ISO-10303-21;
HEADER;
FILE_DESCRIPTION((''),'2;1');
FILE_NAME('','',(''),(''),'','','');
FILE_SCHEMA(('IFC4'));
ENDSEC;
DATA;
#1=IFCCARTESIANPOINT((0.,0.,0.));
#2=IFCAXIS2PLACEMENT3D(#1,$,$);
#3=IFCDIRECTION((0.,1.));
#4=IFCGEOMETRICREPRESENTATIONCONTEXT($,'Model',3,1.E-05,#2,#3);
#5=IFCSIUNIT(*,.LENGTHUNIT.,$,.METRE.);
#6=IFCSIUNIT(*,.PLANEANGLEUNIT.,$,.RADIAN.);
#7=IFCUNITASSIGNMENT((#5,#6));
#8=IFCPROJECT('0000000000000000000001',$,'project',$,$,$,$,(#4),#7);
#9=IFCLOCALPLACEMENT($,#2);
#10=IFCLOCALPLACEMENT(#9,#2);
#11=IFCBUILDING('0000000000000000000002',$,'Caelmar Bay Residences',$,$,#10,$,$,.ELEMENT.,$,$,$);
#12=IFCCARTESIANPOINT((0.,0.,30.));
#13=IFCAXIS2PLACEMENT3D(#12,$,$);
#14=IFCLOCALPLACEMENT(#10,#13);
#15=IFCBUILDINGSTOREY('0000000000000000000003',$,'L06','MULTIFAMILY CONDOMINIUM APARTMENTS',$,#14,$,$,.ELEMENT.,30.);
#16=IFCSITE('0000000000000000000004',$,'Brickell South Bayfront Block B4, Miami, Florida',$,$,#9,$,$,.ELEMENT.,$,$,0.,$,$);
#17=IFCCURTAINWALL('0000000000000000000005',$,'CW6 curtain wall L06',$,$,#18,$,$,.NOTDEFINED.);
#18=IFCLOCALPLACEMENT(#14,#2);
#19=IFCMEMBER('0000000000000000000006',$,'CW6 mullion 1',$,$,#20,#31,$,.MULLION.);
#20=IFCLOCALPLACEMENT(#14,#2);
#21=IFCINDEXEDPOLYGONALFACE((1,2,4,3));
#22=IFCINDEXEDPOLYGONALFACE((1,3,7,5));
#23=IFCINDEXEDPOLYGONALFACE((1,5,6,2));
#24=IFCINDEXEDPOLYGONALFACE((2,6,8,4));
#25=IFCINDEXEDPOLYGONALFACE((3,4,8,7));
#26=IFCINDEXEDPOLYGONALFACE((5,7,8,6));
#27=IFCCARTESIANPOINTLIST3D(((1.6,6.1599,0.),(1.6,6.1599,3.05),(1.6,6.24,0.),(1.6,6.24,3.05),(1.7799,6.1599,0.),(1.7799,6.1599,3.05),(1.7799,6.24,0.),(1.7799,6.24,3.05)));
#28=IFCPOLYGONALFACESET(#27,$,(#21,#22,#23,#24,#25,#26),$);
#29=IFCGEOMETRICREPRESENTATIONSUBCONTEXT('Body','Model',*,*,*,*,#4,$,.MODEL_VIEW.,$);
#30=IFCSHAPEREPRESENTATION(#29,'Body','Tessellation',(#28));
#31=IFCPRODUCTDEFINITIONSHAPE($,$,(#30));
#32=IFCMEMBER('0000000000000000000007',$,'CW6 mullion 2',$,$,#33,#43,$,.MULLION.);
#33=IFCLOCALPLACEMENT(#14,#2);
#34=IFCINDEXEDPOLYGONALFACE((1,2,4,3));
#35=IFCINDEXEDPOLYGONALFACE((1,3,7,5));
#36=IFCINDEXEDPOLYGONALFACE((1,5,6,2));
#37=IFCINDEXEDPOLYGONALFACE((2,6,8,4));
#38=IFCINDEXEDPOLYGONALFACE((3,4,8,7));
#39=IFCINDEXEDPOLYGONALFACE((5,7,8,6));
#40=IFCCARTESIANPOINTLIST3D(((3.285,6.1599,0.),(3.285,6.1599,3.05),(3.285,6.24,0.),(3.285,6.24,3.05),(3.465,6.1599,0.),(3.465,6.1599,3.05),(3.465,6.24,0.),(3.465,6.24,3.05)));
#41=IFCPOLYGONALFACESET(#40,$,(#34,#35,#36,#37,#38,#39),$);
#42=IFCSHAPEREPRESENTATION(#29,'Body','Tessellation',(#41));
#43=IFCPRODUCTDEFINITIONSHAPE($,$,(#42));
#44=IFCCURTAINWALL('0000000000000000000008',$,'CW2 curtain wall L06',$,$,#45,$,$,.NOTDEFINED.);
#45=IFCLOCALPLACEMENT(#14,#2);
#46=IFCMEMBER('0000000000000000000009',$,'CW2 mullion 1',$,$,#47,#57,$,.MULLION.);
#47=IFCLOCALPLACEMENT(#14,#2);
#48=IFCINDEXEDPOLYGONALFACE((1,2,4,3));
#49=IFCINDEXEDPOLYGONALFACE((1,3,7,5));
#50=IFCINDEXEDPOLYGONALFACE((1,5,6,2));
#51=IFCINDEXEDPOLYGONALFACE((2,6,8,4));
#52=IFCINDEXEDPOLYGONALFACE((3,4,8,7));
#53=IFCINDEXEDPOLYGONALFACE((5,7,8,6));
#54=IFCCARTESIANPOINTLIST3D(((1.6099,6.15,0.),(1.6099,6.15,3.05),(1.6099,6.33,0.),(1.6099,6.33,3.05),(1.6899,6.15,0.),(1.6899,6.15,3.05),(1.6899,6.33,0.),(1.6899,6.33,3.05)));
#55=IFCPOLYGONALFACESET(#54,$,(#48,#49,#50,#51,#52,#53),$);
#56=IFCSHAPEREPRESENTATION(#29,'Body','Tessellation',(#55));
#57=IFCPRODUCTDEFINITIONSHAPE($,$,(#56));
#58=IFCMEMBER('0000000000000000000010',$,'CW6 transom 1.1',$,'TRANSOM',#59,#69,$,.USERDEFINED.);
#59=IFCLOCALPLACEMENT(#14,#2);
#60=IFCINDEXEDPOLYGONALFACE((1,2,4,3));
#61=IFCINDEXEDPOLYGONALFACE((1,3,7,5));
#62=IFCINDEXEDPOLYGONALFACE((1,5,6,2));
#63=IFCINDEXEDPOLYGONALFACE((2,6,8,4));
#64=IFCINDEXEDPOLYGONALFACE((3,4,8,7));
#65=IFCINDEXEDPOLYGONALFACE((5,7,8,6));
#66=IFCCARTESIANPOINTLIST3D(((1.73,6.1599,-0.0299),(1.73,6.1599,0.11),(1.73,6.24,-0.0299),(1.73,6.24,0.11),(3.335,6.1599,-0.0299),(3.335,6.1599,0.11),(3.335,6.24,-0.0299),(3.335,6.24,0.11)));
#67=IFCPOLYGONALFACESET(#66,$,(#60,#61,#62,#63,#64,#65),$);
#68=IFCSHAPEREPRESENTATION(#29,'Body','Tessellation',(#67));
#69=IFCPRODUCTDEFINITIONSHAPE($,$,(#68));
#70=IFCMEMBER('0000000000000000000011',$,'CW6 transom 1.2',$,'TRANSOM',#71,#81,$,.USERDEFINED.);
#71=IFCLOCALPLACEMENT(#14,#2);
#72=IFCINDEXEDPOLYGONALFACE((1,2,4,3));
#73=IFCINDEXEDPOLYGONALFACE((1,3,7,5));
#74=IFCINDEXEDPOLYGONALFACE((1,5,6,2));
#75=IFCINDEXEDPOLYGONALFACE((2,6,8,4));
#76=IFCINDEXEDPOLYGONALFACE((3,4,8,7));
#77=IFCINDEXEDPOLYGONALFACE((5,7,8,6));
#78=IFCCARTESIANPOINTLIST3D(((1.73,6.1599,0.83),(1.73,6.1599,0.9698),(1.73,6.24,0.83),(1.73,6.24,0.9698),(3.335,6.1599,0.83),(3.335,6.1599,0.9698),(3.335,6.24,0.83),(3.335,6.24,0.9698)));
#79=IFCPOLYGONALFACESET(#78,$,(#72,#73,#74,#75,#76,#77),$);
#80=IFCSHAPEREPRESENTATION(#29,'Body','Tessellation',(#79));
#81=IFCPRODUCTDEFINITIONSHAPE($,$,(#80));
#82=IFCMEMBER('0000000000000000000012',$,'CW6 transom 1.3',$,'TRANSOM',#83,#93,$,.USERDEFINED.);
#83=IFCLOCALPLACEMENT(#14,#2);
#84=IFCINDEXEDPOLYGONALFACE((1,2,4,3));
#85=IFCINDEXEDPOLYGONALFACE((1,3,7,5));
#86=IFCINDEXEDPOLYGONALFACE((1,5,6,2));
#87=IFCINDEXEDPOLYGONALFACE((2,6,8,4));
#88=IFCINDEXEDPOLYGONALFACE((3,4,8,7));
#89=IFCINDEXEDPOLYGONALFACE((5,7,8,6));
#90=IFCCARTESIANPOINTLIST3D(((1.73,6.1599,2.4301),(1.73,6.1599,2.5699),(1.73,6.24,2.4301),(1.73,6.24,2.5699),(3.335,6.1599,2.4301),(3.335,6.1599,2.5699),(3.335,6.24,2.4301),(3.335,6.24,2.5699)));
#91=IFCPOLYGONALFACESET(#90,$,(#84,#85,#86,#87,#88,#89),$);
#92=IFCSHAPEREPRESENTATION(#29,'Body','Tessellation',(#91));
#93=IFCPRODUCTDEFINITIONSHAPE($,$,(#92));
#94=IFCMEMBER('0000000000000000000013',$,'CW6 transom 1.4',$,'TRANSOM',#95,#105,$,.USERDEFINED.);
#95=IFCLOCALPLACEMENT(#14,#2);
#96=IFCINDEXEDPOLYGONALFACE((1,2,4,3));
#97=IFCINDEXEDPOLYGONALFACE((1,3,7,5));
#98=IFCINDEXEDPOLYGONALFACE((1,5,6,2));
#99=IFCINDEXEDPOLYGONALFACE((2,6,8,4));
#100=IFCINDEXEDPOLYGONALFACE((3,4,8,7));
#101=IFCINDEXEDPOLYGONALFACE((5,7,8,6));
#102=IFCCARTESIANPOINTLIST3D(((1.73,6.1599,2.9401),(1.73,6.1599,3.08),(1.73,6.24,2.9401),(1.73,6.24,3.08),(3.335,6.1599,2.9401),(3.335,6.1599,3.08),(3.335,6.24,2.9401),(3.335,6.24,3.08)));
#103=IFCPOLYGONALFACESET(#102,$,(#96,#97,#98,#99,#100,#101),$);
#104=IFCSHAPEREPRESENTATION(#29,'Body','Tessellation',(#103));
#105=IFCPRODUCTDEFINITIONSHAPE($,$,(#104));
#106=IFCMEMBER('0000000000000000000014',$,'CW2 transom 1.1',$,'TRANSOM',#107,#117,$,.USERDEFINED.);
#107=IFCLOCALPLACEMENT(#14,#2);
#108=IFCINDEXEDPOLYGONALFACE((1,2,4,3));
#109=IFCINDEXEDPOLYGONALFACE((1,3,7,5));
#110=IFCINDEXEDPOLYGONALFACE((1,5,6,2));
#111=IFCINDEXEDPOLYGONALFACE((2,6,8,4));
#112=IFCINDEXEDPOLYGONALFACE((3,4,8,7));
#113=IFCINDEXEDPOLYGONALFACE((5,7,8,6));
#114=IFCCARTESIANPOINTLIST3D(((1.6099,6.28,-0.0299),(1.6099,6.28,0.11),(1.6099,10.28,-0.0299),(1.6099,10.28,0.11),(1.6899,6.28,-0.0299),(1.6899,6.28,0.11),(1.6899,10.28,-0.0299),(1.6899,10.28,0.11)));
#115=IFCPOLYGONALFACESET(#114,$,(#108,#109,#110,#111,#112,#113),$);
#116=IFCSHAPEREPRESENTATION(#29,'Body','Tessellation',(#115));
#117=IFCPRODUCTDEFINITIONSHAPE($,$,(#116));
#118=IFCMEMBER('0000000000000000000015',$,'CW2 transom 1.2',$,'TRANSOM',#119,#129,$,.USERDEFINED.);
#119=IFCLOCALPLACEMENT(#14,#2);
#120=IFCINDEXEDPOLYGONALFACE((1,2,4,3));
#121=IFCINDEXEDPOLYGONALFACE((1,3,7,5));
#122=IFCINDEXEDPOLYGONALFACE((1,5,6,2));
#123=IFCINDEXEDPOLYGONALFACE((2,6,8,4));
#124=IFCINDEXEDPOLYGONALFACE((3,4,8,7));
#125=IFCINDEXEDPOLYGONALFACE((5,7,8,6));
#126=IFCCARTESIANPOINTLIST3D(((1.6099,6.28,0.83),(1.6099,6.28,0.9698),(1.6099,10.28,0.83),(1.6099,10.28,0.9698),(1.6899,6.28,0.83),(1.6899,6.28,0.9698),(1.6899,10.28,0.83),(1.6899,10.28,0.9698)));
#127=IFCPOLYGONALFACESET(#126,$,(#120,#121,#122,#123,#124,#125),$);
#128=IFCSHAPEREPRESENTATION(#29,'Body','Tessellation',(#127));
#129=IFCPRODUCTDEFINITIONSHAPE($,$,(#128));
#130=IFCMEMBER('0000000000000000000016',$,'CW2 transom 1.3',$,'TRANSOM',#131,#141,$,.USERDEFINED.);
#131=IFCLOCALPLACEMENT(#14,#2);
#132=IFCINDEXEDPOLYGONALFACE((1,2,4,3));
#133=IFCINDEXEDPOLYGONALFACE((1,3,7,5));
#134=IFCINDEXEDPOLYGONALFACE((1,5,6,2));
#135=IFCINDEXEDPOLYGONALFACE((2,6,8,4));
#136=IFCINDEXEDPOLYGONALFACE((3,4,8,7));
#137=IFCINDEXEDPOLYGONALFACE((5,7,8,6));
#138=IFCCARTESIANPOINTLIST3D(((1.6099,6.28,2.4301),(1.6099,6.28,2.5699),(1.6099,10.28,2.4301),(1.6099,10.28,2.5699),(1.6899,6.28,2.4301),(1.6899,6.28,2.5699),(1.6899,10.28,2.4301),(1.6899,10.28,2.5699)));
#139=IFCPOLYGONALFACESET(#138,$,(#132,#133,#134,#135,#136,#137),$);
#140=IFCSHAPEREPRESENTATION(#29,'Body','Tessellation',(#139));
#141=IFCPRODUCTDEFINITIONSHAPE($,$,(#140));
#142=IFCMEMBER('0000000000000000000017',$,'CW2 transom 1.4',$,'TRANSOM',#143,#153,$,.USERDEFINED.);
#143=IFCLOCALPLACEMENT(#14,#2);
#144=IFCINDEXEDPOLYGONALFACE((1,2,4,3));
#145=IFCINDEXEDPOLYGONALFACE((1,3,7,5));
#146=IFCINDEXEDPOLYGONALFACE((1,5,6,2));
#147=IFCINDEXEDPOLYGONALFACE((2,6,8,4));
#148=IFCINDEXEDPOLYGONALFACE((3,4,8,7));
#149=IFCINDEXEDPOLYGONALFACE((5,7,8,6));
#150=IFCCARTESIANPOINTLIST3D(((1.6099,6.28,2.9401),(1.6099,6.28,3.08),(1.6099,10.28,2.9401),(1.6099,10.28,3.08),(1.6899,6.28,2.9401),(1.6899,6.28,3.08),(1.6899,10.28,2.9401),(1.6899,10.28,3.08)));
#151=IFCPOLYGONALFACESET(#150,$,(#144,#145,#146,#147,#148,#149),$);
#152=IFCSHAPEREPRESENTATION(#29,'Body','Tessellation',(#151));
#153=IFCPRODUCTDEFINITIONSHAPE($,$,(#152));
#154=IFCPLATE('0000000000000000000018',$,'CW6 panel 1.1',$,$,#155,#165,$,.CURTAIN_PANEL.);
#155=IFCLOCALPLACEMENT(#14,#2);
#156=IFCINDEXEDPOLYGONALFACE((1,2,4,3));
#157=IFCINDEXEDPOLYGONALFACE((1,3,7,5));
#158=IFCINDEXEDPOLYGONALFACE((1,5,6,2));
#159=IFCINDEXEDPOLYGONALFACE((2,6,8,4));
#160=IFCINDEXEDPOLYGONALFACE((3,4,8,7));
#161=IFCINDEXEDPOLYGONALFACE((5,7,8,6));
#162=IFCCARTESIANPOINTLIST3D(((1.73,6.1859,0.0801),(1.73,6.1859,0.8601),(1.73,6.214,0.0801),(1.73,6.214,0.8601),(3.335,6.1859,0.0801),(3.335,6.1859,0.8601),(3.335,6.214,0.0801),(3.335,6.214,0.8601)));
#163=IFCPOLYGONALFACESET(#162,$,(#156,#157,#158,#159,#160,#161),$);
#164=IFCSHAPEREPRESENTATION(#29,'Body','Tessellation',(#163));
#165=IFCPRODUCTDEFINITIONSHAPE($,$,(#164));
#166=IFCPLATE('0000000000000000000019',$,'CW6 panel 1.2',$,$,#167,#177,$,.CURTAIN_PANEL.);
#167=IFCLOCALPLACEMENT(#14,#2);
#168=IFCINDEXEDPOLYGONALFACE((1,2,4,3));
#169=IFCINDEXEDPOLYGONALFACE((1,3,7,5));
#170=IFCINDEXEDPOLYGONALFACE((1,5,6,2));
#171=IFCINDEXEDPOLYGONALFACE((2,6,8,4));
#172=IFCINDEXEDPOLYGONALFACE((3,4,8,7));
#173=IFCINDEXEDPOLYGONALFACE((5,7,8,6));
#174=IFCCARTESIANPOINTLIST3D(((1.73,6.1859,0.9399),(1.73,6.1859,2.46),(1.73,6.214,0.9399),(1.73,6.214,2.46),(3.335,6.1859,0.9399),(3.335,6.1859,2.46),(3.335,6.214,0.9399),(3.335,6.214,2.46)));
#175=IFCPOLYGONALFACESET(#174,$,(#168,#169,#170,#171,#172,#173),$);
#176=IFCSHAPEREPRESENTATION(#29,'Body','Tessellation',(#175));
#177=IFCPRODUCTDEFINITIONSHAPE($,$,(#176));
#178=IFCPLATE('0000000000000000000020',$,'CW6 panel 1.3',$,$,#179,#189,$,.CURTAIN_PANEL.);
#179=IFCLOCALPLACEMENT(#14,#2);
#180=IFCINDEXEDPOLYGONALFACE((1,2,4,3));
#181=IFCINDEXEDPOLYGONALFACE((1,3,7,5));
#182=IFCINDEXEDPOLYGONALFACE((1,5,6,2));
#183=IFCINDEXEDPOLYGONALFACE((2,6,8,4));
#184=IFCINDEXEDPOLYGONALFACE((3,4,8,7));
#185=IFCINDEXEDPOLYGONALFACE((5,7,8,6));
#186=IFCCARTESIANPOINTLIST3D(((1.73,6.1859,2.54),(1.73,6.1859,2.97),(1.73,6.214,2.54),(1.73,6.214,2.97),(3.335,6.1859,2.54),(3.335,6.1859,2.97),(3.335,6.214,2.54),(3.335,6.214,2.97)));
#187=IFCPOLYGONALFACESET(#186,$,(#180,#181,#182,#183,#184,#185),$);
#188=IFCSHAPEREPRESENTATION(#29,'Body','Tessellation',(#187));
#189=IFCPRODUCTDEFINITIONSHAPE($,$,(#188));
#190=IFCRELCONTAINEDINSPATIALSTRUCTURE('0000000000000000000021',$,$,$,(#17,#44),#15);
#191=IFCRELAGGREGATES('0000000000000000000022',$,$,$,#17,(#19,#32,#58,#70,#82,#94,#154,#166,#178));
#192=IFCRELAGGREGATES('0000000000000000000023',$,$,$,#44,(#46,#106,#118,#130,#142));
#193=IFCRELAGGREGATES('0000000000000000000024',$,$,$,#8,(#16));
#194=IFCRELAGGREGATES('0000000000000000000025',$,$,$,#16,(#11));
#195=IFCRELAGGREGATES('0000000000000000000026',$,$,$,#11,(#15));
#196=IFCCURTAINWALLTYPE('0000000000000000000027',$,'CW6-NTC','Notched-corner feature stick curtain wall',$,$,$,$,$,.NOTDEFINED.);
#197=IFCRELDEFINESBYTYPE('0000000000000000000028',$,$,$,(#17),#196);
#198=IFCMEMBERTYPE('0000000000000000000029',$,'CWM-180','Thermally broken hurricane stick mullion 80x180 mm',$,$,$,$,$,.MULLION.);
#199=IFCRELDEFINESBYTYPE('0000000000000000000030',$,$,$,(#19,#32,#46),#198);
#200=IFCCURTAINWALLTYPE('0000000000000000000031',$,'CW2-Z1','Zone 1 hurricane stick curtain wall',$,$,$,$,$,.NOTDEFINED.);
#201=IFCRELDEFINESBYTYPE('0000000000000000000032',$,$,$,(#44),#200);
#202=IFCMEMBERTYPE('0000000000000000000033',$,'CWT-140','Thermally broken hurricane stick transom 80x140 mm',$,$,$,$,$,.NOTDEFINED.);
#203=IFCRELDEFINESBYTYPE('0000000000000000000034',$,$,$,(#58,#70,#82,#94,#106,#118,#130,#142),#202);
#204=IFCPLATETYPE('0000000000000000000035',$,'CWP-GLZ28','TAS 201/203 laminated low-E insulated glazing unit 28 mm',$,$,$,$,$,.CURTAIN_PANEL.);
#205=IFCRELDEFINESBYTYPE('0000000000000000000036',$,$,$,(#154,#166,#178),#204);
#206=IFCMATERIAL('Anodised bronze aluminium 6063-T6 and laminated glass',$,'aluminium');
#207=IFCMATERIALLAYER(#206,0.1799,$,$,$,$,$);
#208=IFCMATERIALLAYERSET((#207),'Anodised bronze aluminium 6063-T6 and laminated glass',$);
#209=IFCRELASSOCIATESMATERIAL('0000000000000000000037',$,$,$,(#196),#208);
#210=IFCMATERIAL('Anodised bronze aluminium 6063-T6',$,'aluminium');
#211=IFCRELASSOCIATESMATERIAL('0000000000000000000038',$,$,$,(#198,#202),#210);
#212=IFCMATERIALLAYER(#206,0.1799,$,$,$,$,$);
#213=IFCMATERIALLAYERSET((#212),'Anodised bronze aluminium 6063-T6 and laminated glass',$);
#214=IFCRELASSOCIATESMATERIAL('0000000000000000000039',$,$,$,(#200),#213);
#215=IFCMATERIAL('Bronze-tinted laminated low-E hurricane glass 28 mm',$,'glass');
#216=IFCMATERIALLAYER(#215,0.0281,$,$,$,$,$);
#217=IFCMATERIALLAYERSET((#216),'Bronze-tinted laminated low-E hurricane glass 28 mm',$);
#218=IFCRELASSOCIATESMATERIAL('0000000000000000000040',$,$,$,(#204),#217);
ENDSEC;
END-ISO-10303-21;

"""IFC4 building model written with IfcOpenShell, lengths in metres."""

from ifc_helpers import new_model, si_unit, direction, frame, origin, origin_2d, place, context, subcontext, project, spatial, rectangle, extrude, material, layer, layer_set, material_profile, profile_set, type_object, element, aggregate, save


model = new_model("IFC4")

# Units and contexts
model_context = context("Model", 3, precision=1e-05, world=origin(), true_north=direction((0.0, 1.0)))
body_context = subcontext(model_context, "Body", "Model", "MODEL_VIEW")
ifc_project = project(units=[si_unit("LENGTHUNIT", "METRE"), si_unit("PLANEANGLEUNIT", "RADIAN")], contexts=[model_context])

# Site, building, storey
site_placement = place(None, origin())
site = spatial("IfcSite", under=ifc_project, at=site_placement, Name="Brickell South Bayfront Block B4, Miami, Florida", CompositionType="ELEMENT", RefElevation=0.0)
building_placement = place(site_placement, origin())
building = spatial("IfcBuilding", under=site, at=building_placement, Name="Caelmar Bay Residences", CompositionType="ELEMENT")
storey_placement = place(building_placement, frame((0.0, 0.0, 30.0)))
storey = spatial("IfcBuildingStorey", under=building, at=storey_placement, Name="L06", Description="MULTIFAMILY CONDOMINIUM APARTMENTS", CompositionType="ELEMENT", Elevation=30.0)

# Curtain wall, members
ifc_material_1 = material(Name="Anodised bronze aluminium 6063-T6 and laminated glass", Category="aluminium")
ifc_layer_1 = layer(ifc_material_1, 0.1799)
ifc_layer_set_1 = layer_set([ifc_layer_1], Name="Anodised bronze aluminium 6063-T6 and laminated glass")
curtain_wall_type_1 = type_object("IfcCurtainWallType", Name="CW6-NTC", Description="Notched-corner feature stick curtain wall", PredefinedType="NOTDEFINED", material=ifc_layer_set_1)
curtain_wall_1_placement = place(storey_placement, origin())
curtain_wall_1 = element("IfcCurtainWall", 1, at=curtain_wall_1_placement, inside=storey, type_object=curtain_wall_type_1, Name="CW6 curtain wall L06", PredefinedType="NOTDEFINED")
ifc_material_2 = material(Name="Anodised bronze aluminium 6063-T6", Category="aluminium")
ifc_material_profile_1 = material_profile(ifc_material_2, rectangle(XDim=0.0801, YDim=0.1799, at=origin_2d()), Name="CWM-80X180")
ifc_profile_set_1 = profile_set([ifc_material_profile_1], Name="Anodised bronze aluminium 6063-T6")
member_type_1 = type_object("IfcMemberType", Name="CWM-180", Description="Thermally broken hurricane stick mullion 80x180 mm", PredefinedType="MULLION", material=ifc_profile_set_1)
member_1_placement = place(storey_placement, frame((1.6899, 6.2, 0.0), z_axis=(0.0, 0.0, 1.0), x_axis=(0.0, 1.0, 0.0)))
member_1 = element("IfcMember", 2, at=member_1_placement, type_object=member_type_1, Name="CW6 mullion 1", PredefinedType="MULLION", context=body_context, shape_type="SweptSolid", body=[
    extrude(rectangle(XDim=0.0801, YDim=0.1799, at=origin_2d()), origin(), (0.0, 0.0, 1.0), 3.05),
])
member_2_placement = place(storey_placement, frame((3.375, 6.2, 0.0), z_axis=(0.0, 0.0, 1.0), x_axis=(0.0, 1.0, 0.0)))
member_2 = element("IfcMember", 3, at=member_2_placement, type_object=member_type_1, Name="CW6 mullion 2", PredefinedType="MULLION", context=body_context, shape_type="SweptSolid", body=[
    extrude(rectangle(XDim=0.0801, YDim=0.1799, at=origin_2d()), origin(), (0.0, 0.0, 1.0), 3.05),
])

# Curtain wall, member
ifc_layer_2 = layer(ifc_material_1, 0.1799)
ifc_layer_set_2 = layer_set([ifc_layer_2], Name="Anodised bronze aluminium 6063-T6 and laminated glass")
curtain_wall_type_2 = type_object("IfcCurtainWallType", Name="CW2-Z1", Description="Zone 1 hurricane stick curtain wall", PredefinedType="NOTDEFINED", material=ifc_layer_set_2)
curtain_wall_2_placement = place(storey_placement, origin())
curtain_wall_2 = element("IfcCurtainWall", 4, at=curtain_wall_2_placement, inside=storey, type_object=curtain_wall_type_2, Name="CW2 curtain wall L06", PredefinedType="NOTDEFINED")
member_3_placement = place(storey_placement, frame((1.6499, 6.24, 0.0), z_axis=(0.0, 0.0, 1.0), x_axis=(-1.0, 0.0, 0.0)))
member_3 = element("IfcMember", 5, at=member_3_placement, type_object=member_type_1, Name="CW2 mullion 1", PredefinedType="MULLION", context=body_context, shape_type="SweptSolid", body=[
    extrude(rectangle(XDim=0.0801, YDim=0.1799, at=origin_2d()), origin(), (0.0, 0.0, 1.0), 3.05),
])

# Members
ifc_material_profile_2 = material_profile(ifc_material_2, rectangle(XDim=0.0801, YDim=0.1399, at=origin_2d()), Name="CWT-80X140")
ifc_profile_set_2 = profile_set([ifc_material_profile_2], Name="Anodised bronze aluminium 6063-T6")
member_type_2 = type_object("IfcMemberType", Name="CWT-140", Description="Thermally broken hurricane stick transom 80x140 mm", PredefinedType="NOTDEFINED", material=ifc_profile_set_2)
member_4_placement = place(storey_placement, frame((1.73, 6.2, 0.04), z_axis=(1.0, 0.0, 0.0), x_axis=(0.0, 1.0, 0.0)))
member_4 = element("IfcMember", 6, at=member_4_placement, type_object=member_type_2, Name="CW6 transom 1.1", ObjectType="TRANSOM", PredefinedType="USERDEFINED", context=body_context, shape_type="SweptSolid", body=[
    extrude(rectangle(XDim=0.0801, YDim=0.1399, at=origin_2d()), origin(), (0.0, 0.0, 1.0), 1.605),
])
member_5_placement = place(storey_placement, frame((1.73, 6.2, 0.8999), z_axis=(1.0, 0.0, 0.0), x_axis=(0.0, 1.0, 0.0)))
member_5 = element("IfcMember", 7, at=member_5_placement, type_object=member_type_2, Name="CW6 transom 1.2", ObjectType="TRANSOM", PredefinedType="USERDEFINED", context=body_context, shape_type="SweptSolid", body=[
    extrude(rectangle(XDim=0.0801, YDim=0.1399, at=origin_2d()), origin(), (0.0, 0.0, 1.0), 1.605),
])
member_6_placement = place(storey_placement, frame((1.73, 6.2, 2.5), z_axis=(1.0, 0.0, 0.0), x_axis=(0.0, 1.0, 0.0)))
member_6 = element("IfcMember", 8, at=member_6_placement, type_object=member_type_2, Name="CW6 transom 1.3", ObjectType="TRANSOM", PredefinedType="USERDEFINED", context=body_context, shape_type="SweptSolid", body=[
    extrude(rectangle(XDim=0.0801, YDim=0.1399, at=origin_2d()), origin(), (0.0, 0.0, 1.0), 1.605),
])
member_7_placement = place(storey_placement, frame((1.73, 6.2, 3.01), z_axis=(1.0, 0.0, 0.0), x_axis=(0.0, 1.0, 0.0)))
member_7 = element("IfcMember", 9, at=member_7_placement, type_object=member_type_2, Name="CW6 transom 1.4", ObjectType="TRANSOM", PredefinedType="USERDEFINED", context=body_context, shape_type="SweptSolid", body=[
    extrude(rectangle(XDim=0.0801, YDim=0.1399, at=origin_2d()), origin(), (0.0, 0.0, 1.0), 1.605),
])
member_8_placement = place(storey_placement, frame((1.6499, 6.28, 0.04), z_axis=(0.0, 1.0, 0.0), x_axis=(-1.0, 0.0, 0.0)))
member_8 = element("IfcMember", 10, at=member_8_placement, type_object=member_type_2, Name="CW2 transom 1.1", ObjectType="TRANSOM", PredefinedType="USERDEFINED", context=body_context, shape_type="SweptSolid", body=[
    extrude(rectangle(XDim=0.0801, YDim=0.1399, at=origin_2d()), origin(), (0.0, 0.0, 1.0), 4.0),
])
member_9_placement = place(storey_placement, frame((1.6499, 6.28, 0.8999), z_axis=(0.0, 1.0, 0.0), x_axis=(-1.0, 0.0, 0.0)))
member_9 = element("IfcMember", 11, at=member_9_placement, type_object=member_type_2, Name="CW2 transom 1.2", ObjectType="TRANSOM", PredefinedType="USERDEFINED", context=body_context, shape_type="SweptSolid", body=[
    extrude(rectangle(XDim=0.0801, YDim=0.1399, at=origin_2d()), origin(), (0.0, 0.0, 1.0), 4.0),
])
member_10_placement = place(storey_placement, frame((1.6499, 6.28, 2.5), z_axis=(0.0, 1.0, 0.0), x_axis=(-1.0, 0.0, 0.0)))
member_10 = element("IfcMember", 12, at=member_10_placement, type_object=member_type_2, Name="CW2 transom 1.3", ObjectType="TRANSOM", PredefinedType="USERDEFINED", context=body_context, shape_type="SweptSolid", body=[
    extrude(rectangle(XDim=0.0801, YDim=0.1399, at=origin_2d()), origin(), (0.0, 0.0, 1.0), 4.0),
])
member_11_placement = place(storey_placement, frame((1.6499, 6.28, 3.01), z_axis=(0.0, 1.0, 0.0), x_axis=(-1.0, 0.0, 0.0)))
member_11 = element("IfcMember", 13, at=member_11_placement, type_object=member_type_2, Name="CW2 transom 1.4", ObjectType="TRANSOM", PredefinedType="USERDEFINED", context=body_context, shape_type="SweptSolid", body=[
    extrude(rectangle(XDim=0.0801, YDim=0.1399, at=origin_2d()), origin(), (0.0, 0.0, 1.0), 4.0),
])

# Plates
ifc_material_3 = material(Name="Bronze-tinted laminated low-E hurricane glass 28 mm", Category="glass")
ifc_layer_3 = layer(ifc_material_3, 0.0281)
ifc_layer_set_3 = layer_set([ifc_layer_3], Name="Bronze-tinted laminated low-E hurricane glass 28 mm")
plate_type = type_object("IfcPlateType", Name="CWP-GLZ28", Description="TAS 201/203 laminated low-E insulated glazing unit 28 mm", PredefinedType="CURTAIN_PANEL", material=ifc_layer_set_3)
plate_1_placement = place(storey_placement, frame((2.5325, 6.2, 0.0801), z_axis=(0.0, 0.0, 1.0), x_axis=(1.0, 0.0, 0.0)))
plate_1 = element("IfcPlate", 14, at=plate_1_placement, type_object=plate_type, Name="CW6 panel 1.1", PredefinedType="CURTAIN_PANEL", context=body_context, shape_type="SweptSolid", body=[
    extrude(rectangle(XDim=1.605, YDim=0.0281, at=origin_2d()), origin(), (0.0, 0.0, 1.0), 0.78),
])
plate_2_placement = place(storey_placement, frame((2.5325, 6.2, 0.9399), z_axis=(0.0, 0.0, 1.0), x_axis=(1.0, 0.0, 0.0)))
plate_2 = element("IfcPlate", 15, at=plate_2_placement, type_object=plate_type, Name="CW6 panel 1.2", PredefinedType="CURTAIN_PANEL", context=body_context, shape_type="SweptSolid", body=[
    extrude(rectangle(XDim=1.605, YDim=0.0281, at=origin_2d()), origin(), (0.0, 0.0, 1.0), 1.52),
])
plate_3_placement = place(storey_placement, frame((2.5325, 6.2, 2.54), z_axis=(0.0, 0.0, 1.0), x_axis=(1.0, 0.0, 0.0)))
plate_3 = element("IfcPlate", 16, at=plate_3_placement, type_object=plate_type, Name="CW6 panel 1.3", PredefinedType="CURTAIN_PANEL", context=body_context, shape_type="SweptSolid", body=[
    extrude(rectangle(XDim=1.605, YDim=0.0281, at=origin_2d()), origin(), (0.0, 0.0, 1.0), 0.4299),
])
aggregate(curtain_wall_1, [member_1, member_2, member_4, member_5, member_6, member_7, plate_1, plate_2, plate_3])
aggregate(curtain_wall_2, [member_3, member_8, member_9, member_10, member_11])

save(model, "model.ifc")
